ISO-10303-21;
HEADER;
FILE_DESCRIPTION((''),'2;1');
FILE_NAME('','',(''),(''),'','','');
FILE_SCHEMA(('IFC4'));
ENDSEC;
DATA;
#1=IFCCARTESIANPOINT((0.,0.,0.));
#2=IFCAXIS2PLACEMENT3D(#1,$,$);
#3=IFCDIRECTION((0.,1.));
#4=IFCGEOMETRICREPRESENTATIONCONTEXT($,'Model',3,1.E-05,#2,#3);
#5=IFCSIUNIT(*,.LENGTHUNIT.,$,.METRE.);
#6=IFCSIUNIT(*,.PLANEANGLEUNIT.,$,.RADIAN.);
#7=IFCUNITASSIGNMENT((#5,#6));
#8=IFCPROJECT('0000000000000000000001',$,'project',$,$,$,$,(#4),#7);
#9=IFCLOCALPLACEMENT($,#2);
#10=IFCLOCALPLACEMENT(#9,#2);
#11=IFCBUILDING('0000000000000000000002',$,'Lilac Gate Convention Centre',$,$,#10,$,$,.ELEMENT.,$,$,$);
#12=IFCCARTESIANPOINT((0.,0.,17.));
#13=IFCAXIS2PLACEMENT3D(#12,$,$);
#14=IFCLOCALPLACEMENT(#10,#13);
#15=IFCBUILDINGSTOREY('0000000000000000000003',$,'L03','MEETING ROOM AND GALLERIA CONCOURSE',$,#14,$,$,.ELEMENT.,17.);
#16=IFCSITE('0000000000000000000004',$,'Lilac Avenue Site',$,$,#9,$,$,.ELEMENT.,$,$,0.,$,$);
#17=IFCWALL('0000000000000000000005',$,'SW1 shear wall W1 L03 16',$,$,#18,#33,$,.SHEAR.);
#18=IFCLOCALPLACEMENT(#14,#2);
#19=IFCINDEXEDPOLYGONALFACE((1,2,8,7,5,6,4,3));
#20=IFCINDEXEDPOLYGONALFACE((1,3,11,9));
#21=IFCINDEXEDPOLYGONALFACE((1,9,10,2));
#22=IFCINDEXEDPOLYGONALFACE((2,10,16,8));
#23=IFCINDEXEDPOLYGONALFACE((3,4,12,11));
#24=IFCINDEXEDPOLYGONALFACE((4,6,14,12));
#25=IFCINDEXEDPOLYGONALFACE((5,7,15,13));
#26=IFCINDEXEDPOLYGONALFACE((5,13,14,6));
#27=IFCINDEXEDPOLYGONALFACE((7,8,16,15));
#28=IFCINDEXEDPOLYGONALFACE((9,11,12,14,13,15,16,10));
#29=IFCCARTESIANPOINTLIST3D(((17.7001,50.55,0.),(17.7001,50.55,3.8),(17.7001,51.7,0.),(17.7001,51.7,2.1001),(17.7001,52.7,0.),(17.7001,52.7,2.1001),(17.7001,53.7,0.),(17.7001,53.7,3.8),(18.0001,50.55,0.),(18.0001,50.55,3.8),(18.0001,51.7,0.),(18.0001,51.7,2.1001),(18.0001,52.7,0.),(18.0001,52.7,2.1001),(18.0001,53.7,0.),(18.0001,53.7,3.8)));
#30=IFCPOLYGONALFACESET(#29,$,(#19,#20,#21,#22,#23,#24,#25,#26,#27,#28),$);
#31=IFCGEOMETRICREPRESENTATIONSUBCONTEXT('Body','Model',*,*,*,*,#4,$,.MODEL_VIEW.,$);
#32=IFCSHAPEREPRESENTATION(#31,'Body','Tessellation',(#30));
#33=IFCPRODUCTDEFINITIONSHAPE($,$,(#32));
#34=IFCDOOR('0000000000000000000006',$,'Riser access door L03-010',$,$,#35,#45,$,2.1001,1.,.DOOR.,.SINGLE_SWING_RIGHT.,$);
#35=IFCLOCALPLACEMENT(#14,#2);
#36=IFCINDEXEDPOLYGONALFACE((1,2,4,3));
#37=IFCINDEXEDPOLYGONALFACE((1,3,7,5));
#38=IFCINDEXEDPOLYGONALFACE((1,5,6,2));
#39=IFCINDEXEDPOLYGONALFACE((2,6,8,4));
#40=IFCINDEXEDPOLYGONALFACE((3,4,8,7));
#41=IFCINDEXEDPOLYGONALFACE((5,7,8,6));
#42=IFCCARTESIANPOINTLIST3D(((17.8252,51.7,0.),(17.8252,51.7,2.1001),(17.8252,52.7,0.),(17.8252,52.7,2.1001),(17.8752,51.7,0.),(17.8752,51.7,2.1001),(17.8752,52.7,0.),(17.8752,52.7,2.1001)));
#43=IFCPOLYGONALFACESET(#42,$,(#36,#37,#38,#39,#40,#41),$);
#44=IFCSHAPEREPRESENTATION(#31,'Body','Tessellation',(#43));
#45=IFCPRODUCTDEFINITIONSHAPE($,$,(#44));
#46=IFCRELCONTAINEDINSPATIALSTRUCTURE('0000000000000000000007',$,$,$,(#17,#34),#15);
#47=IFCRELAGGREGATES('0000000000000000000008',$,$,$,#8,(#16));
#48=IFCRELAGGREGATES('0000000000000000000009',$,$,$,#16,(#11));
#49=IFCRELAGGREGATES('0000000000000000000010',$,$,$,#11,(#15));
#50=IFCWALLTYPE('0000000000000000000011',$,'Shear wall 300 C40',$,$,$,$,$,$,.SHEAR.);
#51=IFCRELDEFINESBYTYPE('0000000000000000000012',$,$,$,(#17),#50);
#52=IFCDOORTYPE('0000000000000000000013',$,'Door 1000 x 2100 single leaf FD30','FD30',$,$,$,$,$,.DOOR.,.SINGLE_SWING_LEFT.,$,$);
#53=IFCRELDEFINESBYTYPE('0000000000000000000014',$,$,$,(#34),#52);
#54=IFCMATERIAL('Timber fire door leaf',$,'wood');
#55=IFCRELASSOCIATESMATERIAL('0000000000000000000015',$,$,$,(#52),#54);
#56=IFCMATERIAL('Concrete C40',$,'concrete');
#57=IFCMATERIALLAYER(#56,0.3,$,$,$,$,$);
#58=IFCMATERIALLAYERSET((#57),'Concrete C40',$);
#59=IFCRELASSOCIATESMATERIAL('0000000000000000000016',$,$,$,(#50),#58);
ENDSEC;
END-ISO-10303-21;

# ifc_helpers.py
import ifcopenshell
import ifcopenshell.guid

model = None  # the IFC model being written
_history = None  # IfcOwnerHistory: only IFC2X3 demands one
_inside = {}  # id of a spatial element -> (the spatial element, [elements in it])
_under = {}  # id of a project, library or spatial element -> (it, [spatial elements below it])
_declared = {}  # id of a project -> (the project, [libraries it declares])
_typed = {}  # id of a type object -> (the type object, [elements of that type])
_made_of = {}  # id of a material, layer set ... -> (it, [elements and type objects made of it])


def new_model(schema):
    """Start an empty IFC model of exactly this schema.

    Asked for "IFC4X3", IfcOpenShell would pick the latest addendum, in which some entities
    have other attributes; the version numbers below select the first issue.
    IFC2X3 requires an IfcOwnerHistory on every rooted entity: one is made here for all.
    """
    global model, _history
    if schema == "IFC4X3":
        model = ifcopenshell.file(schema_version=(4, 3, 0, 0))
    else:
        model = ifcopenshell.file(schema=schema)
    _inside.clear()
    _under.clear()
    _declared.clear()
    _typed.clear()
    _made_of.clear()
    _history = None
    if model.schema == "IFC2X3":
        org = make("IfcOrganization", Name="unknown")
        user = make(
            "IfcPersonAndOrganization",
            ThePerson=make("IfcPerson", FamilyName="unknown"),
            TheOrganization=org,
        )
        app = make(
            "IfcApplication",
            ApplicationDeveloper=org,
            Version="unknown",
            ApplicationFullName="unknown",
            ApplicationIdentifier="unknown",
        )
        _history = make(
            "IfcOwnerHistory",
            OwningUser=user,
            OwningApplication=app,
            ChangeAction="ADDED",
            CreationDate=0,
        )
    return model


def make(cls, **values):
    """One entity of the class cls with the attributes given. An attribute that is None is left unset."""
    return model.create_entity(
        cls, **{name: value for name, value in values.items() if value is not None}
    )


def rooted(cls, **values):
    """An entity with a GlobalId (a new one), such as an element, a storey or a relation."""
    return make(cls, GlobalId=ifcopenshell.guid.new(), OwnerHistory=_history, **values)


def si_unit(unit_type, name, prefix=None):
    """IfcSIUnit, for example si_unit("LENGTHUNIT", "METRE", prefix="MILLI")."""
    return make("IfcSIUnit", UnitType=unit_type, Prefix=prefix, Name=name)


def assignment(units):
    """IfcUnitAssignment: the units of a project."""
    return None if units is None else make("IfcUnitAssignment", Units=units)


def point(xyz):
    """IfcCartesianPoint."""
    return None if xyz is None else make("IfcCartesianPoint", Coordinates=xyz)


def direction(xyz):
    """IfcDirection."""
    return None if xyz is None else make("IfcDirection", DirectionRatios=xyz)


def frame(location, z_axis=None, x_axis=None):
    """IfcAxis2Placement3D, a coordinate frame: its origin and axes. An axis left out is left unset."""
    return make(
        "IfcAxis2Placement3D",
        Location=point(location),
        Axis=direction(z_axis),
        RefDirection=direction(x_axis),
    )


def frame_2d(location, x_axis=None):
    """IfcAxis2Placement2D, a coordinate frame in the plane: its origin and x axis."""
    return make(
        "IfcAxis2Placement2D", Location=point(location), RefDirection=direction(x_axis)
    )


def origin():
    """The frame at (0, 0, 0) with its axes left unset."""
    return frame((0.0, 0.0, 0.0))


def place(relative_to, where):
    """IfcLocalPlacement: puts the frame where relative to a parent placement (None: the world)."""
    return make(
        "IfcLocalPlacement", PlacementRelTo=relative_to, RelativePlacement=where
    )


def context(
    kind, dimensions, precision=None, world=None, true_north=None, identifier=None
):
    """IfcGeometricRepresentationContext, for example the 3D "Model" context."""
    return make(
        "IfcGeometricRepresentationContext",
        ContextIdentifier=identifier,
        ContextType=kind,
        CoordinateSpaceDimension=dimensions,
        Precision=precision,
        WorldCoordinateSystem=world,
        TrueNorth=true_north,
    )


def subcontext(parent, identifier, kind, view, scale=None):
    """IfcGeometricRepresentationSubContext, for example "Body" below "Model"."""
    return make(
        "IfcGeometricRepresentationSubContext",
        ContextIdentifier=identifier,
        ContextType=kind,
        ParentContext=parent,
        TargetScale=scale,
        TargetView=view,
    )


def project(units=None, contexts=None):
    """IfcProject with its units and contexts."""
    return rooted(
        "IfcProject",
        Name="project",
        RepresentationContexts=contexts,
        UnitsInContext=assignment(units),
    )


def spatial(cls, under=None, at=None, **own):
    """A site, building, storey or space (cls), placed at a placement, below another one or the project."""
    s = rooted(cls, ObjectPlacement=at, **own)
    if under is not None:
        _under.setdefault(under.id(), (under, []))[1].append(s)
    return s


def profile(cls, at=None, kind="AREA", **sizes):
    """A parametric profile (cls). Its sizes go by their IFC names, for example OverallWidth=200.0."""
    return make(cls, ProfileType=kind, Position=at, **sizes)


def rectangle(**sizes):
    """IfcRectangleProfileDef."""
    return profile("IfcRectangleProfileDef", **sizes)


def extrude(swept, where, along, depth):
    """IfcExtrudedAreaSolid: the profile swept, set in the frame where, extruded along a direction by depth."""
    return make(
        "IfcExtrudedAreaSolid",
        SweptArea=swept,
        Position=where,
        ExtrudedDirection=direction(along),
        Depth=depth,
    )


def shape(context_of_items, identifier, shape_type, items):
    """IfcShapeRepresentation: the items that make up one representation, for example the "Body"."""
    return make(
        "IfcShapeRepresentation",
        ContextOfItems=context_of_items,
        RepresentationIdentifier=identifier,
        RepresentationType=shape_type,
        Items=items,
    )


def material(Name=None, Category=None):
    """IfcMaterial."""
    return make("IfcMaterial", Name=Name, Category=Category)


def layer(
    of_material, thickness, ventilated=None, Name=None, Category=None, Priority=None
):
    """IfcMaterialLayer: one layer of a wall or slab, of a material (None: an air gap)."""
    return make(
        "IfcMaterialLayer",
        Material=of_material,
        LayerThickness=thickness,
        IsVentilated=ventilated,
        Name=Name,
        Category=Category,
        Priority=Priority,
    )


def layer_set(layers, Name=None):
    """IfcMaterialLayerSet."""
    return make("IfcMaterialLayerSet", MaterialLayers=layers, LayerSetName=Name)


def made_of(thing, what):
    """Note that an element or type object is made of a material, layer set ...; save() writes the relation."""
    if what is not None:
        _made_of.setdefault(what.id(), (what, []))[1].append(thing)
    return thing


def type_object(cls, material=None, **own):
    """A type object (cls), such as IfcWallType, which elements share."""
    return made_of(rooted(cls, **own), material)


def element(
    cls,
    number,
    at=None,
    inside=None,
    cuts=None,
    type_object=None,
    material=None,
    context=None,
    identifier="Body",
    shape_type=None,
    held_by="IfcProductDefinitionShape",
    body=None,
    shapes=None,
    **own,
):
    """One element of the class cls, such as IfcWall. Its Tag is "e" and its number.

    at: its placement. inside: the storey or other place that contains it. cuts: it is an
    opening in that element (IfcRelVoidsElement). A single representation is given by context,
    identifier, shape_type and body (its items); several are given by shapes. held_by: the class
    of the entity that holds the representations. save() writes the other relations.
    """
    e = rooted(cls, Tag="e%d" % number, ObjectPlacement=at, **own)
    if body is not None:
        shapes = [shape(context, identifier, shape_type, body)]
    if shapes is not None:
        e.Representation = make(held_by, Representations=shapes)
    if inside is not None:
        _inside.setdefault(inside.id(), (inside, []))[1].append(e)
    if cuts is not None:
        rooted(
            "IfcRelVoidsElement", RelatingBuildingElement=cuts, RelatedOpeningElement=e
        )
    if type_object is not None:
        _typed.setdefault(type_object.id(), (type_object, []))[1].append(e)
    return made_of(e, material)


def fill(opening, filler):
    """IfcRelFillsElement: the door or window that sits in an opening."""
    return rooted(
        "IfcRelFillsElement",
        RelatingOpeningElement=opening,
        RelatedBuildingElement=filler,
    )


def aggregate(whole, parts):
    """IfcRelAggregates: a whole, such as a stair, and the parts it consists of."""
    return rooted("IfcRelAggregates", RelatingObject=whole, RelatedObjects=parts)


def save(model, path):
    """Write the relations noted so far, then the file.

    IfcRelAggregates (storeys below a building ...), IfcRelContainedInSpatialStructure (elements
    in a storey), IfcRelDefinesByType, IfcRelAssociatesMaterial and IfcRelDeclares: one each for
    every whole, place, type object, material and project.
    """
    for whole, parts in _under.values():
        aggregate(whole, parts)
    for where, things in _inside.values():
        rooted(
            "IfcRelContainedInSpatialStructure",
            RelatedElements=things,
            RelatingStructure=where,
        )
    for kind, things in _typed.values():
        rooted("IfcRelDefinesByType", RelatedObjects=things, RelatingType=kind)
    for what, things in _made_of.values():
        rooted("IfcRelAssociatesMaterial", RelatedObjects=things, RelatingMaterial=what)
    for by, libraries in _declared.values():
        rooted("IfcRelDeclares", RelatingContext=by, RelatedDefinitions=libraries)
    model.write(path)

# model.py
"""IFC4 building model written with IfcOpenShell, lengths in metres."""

from ifc_helpers import new_model, si_unit, direction, frame, frame_2d, origin, place, context, subcontext, project, spatial, rectangle, extrude, material, layer, layer_set, type_object, element, fill, save


model = new_model("IFC4")

# Units and contexts
model_context = context("Model", 3, precision=1e-05, world=origin(), true_north=direction((0.0, 1.0)))
body_context = subcontext(model_context, "Body", "Model", "MODEL_VIEW")
ifc_project = project(units=[si_unit("LENGTHUNIT", "METRE"), si_unit("PLANEANGLEUNIT", "RADIAN")], contexts=[model_context])

# Site, building, storey
site_placement = place(None, origin())
site = spatial("IfcSite", under=ifc_project, at=site_placement, Name="Lilac Avenue Site", CompositionType="ELEMENT", RefElevation=0.0)
building_placement = place(site_placement, origin())
building = spatial("IfcBuilding", under=site, at=building_placement, Name="Lilac Gate Convention Centre", CompositionType="ELEMENT")
storey_placement = place(building_placement, frame((0.0, 0.0, 17.0)))
storey = spatial("IfcBuildingStorey", under=building, at=storey_placement, Name="L03", Description="MEETING ROOM AND GALLERIA CONCOURSE", CompositionType="ELEMENT", Elevation=17.0)

# Shared definitions
ifc_material_1 = material(Name="Concrete C40", Category="concrete")

# Shared definitions
ifc_material_2 = material(Name="Timber fire door leaf", Category="wood")
door_type_1 = type_object("IfcDoorType", Name="Door 1000 x 2100 single leaf FD30", Description="FD30", OperationType="SINGLE_SWING_LEFT", PredefinedType="DOOR", material=ifc_material_2)

# Wall, opening, door
ifc_layer_1 = layer(ifc_material_1, 0.3)
ifc_layer_set_1 = layer_set([ifc_layer_1], Name="Concrete C40")
wall_type_1 = type_object("IfcWallType", Name="Shear wall 300 C40", PredefinedType="SHEAR", material=ifc_layer_set_1)
wall_1_placement = place(storey_placement, frame((17.8501, 50.55, 0.0), z_axis=(0.0, 0.0, 1.0), x_axis=(0.0, 1.0, 0.0)))
wall_1 = element("IfcWall", 1, at=wall_1_placement, inside=storey, type_object=wall_type_1, Name="SW1 shear wall W1 L03 16", PredefinedType="SHEAR", context=body_context, shape_type="SweptSolid", body=[
    extrude(rectangle(XDim=3.1499, YDim=0.3, at=frame_2d((1.575, 0.0))), origin(), (0.0, 0.0, 1.0), 3.8),
])
opening_1_placement = place(wall_1_placement, frame((1.1499, 0.0, 0.0)))
opening_1 = element("IfcOpeningElement", 2, at=opening_1_placement, cuts=wall_1, PredefinedType="OPENING", context=body_context, shape_type="SweptSolid", body=[
    extrude(rectangle(XDim=1.0, YDim=2.1001, at=frame_2d((0.5, 1.05))), frame((0.0, 0.1599, 0.0), z_axis=(0.0, -1.0, 0.0), x_axis=(1.0, 0.0, 0.0)), (0.0, 0.0, 1.0), 0.3201),
])
door_1_placement = place(opening_1_placement, origin())
door_1 = element("IfcDoor", 3, at=door_1_placement, inside=storey, type_object=door_type_1, Name="Riser access door L03-010", OperationType="SINGLE_SWING_RIGHT", OverallHeight=2.1001, OverallWidth=1.0, PredefinedType="DOOR", context=body_context, shape_type="SweptSolid", body=[
    extrude(rectangle(XDim=1.0, YDim=2.1001, at=frame_2d((0.5, 1.05))), frame((0.0, 0.0249, 0.0), z_axis=(0.0, -1.0, 0.0), x_axis=(1.0, 0.0, 0.0)), (0.0, 0.0, 1.0), 0.05),
])
fill(opening_1, door_1)

save(model, "model.ifc")
